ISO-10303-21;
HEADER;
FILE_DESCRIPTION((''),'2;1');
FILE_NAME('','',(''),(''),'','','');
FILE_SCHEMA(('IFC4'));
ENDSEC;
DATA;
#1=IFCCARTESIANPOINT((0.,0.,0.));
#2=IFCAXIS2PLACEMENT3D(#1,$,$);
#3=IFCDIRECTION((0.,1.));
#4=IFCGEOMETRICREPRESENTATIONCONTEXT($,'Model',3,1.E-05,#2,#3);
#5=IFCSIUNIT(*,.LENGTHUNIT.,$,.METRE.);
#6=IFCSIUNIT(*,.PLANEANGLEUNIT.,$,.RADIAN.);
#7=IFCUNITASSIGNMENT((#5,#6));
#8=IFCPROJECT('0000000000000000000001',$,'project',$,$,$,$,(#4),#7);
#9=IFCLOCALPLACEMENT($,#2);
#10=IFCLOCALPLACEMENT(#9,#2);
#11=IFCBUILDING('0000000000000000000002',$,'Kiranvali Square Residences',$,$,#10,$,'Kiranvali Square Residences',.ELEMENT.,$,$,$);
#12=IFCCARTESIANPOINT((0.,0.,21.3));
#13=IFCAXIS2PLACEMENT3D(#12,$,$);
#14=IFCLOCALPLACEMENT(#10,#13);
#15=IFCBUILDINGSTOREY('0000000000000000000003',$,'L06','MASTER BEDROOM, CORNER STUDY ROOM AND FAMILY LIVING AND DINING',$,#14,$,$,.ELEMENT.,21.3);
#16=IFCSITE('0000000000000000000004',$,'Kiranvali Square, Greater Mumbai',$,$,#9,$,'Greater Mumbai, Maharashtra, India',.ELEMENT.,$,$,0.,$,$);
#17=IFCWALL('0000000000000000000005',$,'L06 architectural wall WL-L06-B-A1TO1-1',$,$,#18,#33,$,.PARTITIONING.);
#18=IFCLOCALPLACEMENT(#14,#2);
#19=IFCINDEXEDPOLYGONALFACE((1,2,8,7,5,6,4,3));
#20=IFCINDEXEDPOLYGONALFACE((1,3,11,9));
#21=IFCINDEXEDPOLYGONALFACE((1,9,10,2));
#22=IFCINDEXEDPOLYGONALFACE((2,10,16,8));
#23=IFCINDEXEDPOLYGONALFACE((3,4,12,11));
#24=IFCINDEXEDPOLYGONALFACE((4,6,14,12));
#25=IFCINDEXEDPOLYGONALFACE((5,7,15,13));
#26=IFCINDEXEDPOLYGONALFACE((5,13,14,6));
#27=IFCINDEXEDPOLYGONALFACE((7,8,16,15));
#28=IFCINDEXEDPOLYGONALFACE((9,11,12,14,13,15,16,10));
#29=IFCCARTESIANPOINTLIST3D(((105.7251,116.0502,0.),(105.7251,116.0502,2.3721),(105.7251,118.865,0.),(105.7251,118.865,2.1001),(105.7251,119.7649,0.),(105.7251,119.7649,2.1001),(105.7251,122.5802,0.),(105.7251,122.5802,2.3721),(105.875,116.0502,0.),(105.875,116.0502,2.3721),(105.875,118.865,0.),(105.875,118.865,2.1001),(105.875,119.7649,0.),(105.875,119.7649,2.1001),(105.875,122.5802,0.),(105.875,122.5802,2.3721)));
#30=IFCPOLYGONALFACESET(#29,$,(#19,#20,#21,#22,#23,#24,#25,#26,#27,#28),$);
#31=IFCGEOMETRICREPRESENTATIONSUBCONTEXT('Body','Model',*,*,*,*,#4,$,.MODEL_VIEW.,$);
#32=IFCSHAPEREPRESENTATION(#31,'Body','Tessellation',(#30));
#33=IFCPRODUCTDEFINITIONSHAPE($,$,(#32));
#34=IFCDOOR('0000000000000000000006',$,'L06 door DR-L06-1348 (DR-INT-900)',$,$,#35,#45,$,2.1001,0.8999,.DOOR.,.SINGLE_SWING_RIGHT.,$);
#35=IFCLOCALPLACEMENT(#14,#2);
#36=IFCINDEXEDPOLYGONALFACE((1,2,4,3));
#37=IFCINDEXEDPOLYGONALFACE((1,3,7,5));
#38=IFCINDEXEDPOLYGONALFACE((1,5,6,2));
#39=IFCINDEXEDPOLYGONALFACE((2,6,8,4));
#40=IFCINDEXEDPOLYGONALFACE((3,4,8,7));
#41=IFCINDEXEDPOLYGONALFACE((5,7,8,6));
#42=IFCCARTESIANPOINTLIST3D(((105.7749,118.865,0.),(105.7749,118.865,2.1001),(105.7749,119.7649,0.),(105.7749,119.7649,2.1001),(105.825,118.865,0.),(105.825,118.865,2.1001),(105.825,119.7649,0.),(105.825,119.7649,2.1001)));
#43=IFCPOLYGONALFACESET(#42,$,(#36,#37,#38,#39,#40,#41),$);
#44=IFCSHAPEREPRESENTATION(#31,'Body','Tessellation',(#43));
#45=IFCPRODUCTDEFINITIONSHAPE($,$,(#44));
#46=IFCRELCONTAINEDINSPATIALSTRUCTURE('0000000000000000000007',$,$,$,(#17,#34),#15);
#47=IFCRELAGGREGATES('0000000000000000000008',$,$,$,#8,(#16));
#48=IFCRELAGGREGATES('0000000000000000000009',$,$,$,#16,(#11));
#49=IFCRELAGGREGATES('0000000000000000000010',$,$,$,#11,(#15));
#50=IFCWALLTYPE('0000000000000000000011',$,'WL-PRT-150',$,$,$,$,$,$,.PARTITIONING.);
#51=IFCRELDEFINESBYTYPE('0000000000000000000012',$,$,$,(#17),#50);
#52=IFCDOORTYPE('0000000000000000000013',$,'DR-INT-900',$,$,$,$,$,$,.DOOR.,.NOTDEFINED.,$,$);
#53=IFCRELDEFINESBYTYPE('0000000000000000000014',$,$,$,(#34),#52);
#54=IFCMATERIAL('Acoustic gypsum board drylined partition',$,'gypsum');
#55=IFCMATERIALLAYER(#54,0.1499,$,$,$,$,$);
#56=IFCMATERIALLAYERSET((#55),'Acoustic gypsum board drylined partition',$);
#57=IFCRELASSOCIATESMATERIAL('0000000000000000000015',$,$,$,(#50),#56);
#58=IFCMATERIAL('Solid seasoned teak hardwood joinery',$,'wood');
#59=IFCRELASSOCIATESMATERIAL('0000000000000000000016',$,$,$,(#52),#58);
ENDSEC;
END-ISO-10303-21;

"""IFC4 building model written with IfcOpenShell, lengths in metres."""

from ifc_helpers import new_model, si_unit, direction, frame, frame_2d, origin, place, context, subcontext, project, spatial, rectangle, extrude, material, layer, layer_set, type_object, element, fill, save


model = new_model("IFC4")

# Units and contexts
model_context = context("Model", 3, precision=1e-05, world=origin(), true_north=direction((0.0, 1.0)))
body_context = subcontext(model_context, "Body", "Model", "MODEL_VIEW")
ifc_project = project(units=[si_unit("LENGTHUNIT", "METRE"), si_unit("PLANEANGLEUNIT", "RADIAN")], contexts=[model_context])

# Site, building, storey
site_placement = place(None, origin())
site = spatial("IfcSite", under=ifc_project, at=site_placement, Name="Kiranvali Square, Greater Mumbai", LongName="Greater Mumbai, Maharashtra, India", CompositionType="ELEMENT", RefElevation=0.0)
building_placement = place(site_placement, origin())
building = spatial("IfcBuilding", under=site, at=building_placement, Name="Kiranvali Square Residences", LongName="Kiranvali Square Residences", CompositionType="ELEMENT")
storey_placement = place(building_placement, frame((0.0, 0.0, 21.3)))
storey = spatial("IfcBuildingStorey", under=building, at=storey_placement, Name="L06", Description="MASTER BEDROOM, CORNER STUDY ROOM AND FAMILY LIVING AND DINING", CompositionType="ELEMENT", Elevation=21.3)

# Wall, opening, door
ifc_material_1 = material(Name="Acoustic gypsum board drylined partition", Category="gypsum")
ifc_layer_1 = layer(ifc_material_1, 0.1499)
ifc_layer_set_1 = layer_set([ifc_layer_1], Name="Acoustic gypsum board drylined partition")
wall_type_1 = type_object("IfcWallType", Name="WL-PRT-150", PredefinedType="PARTITIONING", material=ifc_layer_set_1)
wall_1_placement = place(storey_placement, frame((105.8, 116.05, 0.0), z_axis=(0.0, 0.0, 1.0), x_axis=(0.0, 1.0, 0.0)))
wall_1 = element("IfcWall", 1, at=wall_1_placement, inside=storey, type_object=wall_type_1, Name="L06 architectural wall WL-L06-B-A1TO1-1", PredefinedType="PARTITIONING", context=body_context, shape_type="SweptSolid", body=[
    extrude(rectangle(XDim=6.53, YDim=0.1499, at=frame_2d((3.2651, 0.0))), origin(), (0.0, 0.0, 1.0), 2.3721),
])
opening_1_placement = place(wall_1_placement, frame((2.8149, 0.0, 0.0)))
opening_1 = element("IfcOpeningElement", 2, at=opening_1_placement, cuts=wall_1, PredefinedType="OPENING", context=body_context, shape_type="SweptSolid", body=[
    extrude(rectangle(XDim=0.8999, YDim=2.1001, at=frame_2d((0.45, 1.05))), frame((0.0, 0.085, 0.0), z_axis=(0.0, -1.0, 0.0), x_axis=(1.0, 0.0, 0.0)), (0.0, 0.0, 1.0), 0.1699),
])
ifc_material_2 = material(Name="Solid seasoned teak hardwood joinery", Category="wood")
door_type_1 = type_object("IfcDoorType", Name="DR-INT-900", OperationType="NOTDEFINED", PredefinedType="DOOR", material=ifc_material_2)
door_1_placement = place(opening_1_placement, frame((0.8999, 0.0, 0.0), z_axis=(0.0, 0.0, 1.0), x_axis=(-1.0, 0.0, 0.0)))
door_1 = element("IfcDoor", 3, at=door_1_placement, inside=storey, type_object=door_type_1, Name="L06 door DR-L06-1348 (DR-INT-900)", OperationType="SINGLE_SWING_RIGHT", OverallHeight=2.1001, OverallWidth=0.8999, PredefinedType="DOOR", context=body_context, shape_type="SweptSolid", body=[
    extrude(rectangle(XDim=0.8999, YDim=2.1001, at=frame_2d((0.45, 1.05))), frame((0.0, 0.0249, 0.0), z_axis=(0.0, -1.0, 0.0), x_axis=(1.0, 0.0, 0.0)), (0.0, 0.0, 1.0), 0.05),
])
fill(opening_1, door_1)

save(model, "model.ifc")
